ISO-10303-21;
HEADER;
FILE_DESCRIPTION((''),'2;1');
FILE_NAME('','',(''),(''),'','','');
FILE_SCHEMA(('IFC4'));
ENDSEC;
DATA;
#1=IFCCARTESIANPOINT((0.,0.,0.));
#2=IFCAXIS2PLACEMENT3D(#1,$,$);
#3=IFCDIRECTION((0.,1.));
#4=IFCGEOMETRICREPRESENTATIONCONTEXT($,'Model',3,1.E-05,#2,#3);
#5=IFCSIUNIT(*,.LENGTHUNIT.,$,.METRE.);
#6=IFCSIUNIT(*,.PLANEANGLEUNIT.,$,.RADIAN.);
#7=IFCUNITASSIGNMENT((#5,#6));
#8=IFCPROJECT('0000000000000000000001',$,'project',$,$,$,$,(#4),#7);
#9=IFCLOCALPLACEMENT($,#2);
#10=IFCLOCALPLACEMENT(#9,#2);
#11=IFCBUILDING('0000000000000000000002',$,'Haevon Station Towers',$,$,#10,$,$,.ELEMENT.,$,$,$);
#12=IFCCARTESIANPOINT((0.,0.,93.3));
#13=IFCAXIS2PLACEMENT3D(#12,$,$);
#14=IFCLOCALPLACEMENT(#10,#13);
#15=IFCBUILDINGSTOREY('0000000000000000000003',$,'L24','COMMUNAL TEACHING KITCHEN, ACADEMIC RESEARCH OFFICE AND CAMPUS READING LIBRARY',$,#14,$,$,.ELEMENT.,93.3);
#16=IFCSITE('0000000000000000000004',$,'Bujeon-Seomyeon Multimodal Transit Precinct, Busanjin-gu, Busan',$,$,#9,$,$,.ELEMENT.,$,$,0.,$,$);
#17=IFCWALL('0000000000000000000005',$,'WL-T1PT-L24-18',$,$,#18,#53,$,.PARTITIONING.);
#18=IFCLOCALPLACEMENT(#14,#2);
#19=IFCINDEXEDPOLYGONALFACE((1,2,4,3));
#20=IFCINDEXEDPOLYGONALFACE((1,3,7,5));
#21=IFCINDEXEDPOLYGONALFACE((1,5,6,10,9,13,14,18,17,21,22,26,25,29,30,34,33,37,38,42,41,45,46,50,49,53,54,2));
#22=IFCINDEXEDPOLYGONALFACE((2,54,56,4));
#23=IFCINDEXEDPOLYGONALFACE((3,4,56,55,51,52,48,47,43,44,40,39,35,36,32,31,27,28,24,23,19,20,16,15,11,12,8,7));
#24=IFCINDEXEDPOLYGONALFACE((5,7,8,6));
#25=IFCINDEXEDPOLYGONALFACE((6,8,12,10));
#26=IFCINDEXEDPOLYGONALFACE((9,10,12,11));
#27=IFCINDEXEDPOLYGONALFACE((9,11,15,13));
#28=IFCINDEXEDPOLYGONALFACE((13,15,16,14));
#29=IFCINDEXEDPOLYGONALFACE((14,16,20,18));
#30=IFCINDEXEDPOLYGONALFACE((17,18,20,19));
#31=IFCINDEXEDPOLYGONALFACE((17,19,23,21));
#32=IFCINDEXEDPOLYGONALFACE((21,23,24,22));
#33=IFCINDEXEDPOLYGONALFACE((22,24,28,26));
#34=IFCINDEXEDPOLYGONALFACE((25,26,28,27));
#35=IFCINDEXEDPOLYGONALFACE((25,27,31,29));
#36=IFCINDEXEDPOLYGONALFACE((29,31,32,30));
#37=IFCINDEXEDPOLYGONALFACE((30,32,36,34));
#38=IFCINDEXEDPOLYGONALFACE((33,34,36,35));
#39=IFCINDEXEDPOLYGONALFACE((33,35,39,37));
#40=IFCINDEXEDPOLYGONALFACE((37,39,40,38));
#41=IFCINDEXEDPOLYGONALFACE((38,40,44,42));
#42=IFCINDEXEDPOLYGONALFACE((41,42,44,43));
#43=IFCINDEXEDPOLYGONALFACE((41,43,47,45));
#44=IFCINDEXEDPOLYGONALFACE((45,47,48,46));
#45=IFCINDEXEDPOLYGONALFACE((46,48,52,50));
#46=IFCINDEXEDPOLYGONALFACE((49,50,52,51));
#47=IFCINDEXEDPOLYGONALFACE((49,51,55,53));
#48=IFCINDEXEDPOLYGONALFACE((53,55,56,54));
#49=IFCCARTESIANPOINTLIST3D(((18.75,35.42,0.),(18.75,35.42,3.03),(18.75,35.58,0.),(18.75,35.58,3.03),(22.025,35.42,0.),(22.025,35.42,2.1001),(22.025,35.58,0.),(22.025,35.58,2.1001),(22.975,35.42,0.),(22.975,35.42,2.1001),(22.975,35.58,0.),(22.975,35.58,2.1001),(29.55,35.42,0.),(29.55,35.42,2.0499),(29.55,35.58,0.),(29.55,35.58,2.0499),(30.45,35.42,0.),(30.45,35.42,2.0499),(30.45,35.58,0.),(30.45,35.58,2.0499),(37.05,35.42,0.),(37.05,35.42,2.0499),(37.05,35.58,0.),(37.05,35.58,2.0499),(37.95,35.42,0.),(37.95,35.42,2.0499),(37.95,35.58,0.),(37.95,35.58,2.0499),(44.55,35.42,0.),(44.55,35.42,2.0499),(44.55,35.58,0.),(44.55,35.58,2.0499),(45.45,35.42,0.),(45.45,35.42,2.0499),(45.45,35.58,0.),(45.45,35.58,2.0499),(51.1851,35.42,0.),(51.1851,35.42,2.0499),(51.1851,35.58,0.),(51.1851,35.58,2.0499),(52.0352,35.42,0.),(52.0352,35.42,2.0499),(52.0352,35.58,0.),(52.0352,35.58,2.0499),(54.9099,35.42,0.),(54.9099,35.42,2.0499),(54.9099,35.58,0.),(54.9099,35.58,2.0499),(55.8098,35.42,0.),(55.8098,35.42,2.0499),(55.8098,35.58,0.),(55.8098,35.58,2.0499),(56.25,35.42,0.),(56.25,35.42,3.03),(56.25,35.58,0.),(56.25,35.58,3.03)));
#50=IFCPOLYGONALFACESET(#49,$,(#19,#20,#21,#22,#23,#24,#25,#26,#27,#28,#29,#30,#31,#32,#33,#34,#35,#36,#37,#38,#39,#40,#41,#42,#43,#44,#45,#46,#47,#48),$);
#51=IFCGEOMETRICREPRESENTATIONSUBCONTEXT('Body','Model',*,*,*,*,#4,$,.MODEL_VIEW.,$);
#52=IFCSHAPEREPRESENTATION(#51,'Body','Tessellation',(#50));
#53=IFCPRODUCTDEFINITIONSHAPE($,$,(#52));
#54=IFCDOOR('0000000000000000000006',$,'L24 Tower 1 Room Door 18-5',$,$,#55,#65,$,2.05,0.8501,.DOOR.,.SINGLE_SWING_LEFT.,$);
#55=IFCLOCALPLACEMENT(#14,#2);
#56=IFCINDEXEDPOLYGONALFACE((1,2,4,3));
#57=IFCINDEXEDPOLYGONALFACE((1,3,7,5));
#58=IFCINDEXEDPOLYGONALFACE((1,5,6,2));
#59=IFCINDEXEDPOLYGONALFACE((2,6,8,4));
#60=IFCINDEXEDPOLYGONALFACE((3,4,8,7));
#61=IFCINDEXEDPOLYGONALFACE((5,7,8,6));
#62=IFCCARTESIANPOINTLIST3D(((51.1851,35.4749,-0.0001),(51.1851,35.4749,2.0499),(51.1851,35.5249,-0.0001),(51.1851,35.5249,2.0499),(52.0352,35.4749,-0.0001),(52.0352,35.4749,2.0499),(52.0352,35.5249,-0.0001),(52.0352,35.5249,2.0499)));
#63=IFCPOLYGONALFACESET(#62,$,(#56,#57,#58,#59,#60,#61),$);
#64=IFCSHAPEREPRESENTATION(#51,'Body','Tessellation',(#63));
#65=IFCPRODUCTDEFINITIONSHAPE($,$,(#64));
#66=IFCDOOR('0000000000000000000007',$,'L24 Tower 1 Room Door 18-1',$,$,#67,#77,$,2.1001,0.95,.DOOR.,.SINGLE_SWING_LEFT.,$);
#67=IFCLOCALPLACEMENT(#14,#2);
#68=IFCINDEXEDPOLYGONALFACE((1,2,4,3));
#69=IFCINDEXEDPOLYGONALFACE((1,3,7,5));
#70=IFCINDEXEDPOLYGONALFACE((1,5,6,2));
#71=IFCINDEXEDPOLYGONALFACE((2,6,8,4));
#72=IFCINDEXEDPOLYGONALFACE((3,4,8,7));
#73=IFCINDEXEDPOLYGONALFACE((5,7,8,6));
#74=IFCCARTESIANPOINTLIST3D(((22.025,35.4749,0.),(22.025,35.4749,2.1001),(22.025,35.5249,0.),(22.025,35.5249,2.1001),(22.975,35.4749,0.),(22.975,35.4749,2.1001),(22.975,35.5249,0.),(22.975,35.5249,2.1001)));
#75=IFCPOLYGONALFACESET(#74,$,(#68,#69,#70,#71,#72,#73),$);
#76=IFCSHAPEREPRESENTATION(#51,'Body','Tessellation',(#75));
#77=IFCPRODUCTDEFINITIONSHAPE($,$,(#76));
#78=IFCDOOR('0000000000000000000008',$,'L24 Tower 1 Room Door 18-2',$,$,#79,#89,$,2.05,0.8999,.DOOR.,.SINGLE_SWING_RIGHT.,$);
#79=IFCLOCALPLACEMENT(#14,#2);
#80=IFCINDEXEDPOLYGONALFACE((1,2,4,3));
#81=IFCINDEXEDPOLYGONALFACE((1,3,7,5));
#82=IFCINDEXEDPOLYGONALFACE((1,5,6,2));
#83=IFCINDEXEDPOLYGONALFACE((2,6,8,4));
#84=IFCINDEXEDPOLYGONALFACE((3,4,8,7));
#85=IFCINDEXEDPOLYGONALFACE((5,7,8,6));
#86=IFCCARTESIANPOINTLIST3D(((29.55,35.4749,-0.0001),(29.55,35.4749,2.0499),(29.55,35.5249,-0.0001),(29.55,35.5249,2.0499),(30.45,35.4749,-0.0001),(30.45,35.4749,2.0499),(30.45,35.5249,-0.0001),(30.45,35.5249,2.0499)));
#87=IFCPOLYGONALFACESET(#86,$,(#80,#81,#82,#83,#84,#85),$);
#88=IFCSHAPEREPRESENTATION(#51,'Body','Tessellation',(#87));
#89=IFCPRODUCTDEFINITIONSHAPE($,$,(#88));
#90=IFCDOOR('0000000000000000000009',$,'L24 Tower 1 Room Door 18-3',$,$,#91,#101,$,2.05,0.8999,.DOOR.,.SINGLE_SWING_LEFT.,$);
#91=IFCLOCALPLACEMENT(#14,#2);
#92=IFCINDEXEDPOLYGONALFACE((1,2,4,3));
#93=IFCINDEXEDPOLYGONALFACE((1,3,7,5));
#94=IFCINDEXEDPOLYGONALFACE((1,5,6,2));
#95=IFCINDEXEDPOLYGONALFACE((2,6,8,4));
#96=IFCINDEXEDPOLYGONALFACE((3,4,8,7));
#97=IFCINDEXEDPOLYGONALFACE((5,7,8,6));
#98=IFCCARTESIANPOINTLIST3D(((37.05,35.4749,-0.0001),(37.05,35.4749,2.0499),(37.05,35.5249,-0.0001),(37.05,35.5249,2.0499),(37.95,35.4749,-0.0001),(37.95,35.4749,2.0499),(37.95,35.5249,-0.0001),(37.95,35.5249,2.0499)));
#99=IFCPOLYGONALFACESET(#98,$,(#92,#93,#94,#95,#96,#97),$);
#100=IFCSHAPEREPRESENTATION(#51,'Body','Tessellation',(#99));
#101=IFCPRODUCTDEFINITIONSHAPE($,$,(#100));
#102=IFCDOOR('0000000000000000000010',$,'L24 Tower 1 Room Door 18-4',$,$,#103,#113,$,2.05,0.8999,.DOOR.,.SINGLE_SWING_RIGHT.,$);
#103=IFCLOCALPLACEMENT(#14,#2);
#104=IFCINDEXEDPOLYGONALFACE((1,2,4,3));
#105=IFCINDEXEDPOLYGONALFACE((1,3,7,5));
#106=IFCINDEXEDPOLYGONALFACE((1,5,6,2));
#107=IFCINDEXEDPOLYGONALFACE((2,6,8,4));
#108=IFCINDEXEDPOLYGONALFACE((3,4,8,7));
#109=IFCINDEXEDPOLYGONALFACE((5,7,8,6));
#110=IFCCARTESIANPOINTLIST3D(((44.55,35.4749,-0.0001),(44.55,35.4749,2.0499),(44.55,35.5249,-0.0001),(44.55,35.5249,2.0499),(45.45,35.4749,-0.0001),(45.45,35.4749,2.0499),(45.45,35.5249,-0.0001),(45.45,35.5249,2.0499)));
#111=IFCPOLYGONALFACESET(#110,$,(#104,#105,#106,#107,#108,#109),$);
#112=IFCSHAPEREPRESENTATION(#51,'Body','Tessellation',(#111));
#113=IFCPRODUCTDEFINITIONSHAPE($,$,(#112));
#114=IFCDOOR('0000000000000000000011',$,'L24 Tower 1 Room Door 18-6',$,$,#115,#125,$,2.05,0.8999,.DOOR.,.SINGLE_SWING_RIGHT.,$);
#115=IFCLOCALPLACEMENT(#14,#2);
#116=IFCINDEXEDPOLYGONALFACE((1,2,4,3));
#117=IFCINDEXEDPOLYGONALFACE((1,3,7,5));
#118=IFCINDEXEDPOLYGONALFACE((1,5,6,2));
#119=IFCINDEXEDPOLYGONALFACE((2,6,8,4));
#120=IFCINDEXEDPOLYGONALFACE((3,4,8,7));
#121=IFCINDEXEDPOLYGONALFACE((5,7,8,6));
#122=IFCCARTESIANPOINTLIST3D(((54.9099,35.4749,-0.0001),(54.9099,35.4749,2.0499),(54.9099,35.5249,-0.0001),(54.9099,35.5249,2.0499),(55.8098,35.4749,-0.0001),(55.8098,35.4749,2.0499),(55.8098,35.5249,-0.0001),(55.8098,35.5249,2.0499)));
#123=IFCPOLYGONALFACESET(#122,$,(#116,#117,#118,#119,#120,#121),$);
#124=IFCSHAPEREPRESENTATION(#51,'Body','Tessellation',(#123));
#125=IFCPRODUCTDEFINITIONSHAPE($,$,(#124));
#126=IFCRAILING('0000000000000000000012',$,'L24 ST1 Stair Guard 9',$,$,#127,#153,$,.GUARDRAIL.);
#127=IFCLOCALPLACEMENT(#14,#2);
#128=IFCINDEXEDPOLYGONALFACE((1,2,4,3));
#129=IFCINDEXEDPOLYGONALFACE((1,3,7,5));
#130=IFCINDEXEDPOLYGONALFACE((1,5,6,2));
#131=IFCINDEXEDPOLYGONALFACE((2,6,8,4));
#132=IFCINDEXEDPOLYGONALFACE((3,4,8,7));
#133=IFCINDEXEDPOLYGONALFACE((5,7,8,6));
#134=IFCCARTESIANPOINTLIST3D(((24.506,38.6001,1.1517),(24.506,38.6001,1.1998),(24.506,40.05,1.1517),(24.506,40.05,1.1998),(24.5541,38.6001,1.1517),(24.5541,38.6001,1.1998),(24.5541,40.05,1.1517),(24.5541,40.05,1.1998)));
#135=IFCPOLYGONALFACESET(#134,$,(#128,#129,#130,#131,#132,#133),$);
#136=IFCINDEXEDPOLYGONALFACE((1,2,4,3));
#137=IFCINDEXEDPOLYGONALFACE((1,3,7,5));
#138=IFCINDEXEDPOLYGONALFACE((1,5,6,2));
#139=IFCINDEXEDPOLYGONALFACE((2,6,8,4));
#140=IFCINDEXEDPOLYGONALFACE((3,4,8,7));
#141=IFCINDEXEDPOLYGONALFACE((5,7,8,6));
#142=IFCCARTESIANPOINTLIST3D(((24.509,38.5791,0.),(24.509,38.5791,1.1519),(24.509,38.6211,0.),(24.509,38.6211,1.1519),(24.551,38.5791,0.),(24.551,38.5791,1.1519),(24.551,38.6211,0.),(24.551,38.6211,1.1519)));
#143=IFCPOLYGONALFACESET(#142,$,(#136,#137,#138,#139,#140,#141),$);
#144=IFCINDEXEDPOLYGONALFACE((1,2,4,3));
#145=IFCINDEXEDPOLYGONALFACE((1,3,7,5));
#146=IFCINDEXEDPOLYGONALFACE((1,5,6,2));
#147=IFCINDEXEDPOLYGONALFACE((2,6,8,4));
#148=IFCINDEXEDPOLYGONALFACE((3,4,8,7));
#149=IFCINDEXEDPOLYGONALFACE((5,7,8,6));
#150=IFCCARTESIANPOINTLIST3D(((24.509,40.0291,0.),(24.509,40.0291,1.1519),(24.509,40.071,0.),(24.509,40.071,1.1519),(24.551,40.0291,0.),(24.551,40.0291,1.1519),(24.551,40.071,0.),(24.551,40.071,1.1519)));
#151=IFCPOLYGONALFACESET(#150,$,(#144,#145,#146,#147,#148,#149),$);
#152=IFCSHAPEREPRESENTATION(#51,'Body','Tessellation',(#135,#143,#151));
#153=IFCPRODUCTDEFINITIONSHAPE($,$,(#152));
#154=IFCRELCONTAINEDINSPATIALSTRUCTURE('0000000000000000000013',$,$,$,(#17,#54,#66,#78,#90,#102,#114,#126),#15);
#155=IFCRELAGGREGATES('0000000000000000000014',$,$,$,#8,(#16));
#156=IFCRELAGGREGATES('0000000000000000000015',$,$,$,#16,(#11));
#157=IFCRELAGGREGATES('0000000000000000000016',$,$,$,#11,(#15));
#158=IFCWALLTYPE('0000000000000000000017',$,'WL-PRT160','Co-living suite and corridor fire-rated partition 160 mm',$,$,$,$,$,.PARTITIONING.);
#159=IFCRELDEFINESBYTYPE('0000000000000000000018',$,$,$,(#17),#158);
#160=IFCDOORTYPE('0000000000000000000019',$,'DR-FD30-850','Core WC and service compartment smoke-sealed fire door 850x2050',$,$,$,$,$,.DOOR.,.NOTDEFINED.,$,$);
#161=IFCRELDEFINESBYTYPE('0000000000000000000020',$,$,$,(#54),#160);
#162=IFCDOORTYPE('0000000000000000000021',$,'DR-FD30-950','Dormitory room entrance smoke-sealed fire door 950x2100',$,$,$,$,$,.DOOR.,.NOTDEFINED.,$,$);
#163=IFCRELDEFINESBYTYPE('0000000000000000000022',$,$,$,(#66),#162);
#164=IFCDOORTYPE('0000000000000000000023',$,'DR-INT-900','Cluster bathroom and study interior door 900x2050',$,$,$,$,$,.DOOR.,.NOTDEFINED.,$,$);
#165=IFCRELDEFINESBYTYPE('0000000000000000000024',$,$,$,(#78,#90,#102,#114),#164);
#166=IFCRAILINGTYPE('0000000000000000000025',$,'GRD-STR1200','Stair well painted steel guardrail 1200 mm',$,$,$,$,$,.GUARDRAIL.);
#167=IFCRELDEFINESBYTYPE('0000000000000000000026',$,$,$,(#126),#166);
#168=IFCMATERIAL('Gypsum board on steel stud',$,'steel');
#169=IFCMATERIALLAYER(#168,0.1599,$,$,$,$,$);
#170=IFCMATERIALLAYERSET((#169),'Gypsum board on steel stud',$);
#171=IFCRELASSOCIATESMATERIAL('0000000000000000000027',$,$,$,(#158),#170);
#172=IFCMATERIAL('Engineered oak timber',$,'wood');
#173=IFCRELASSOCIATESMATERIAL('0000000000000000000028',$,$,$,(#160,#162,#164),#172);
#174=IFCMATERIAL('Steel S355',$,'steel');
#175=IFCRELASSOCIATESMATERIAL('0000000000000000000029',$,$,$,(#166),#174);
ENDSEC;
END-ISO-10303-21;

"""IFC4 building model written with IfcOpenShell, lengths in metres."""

from ifc_helpers import new_model, si_unit, direction, frame, frame_2d, origin, origin_2d, place, context, subcontext, project, spatial, rectangle, extrude, material, layer, layer_set, type_object, element, fill, save


model = new_model("IFC4")

# Units and contexts
model_context = context("Model", 3, precision=1e-05, world=origin(), true_north=direction((0.0, 1.0)))
body_context = subcontext(model_context, "Body", "Model", "MODEL_VIEW")
ifc_project = project(units=[si_unit("LENGTHUNIT", "METRE"), si_unit("PLANEANGLEUNIT", "RADIAN")], contexts=[model_context])

# Site, building, storey
site_placement = place(None, origin())
site = spatial("IfcSite", under=ifc_project, at=site_placement, Name="Bujeon-Seomyeon Multimodal Transit Precinct, Busanjin-gu, Busan", CompositionType="ELEMENT", RefElevation=0.0)
building_placement = place(site_placement, origin())
building = spatial("IfcBuilding", under=site, at=building_placement, Name="Haevon Station Towers", CompositionType="ELEMENT")
storey_placement = place(building_placement, frame((0.0, 0.0, 93.3)))
storey = spatial("IfcBuildingStorey", under=building, at=storey_placement, Name="L24", Description="COMMUNAL TEACHING KITCHEN, ACADEMIC RESEARCH OFFICE AND CAMPUS READING LIBRARY", CompositionType="ELEMENT", Elevation=93.3)

# Shared definitions
ifc_material_1 = material(Name="Steel S355", Category="steel")

# Shared definitions
ifc_material_2 = material(Name="Gypsum board on steel stud", Category="steel")
ifc_material_3 = material(Name="Engineered oak timber", Category="wood")

# Shared definitions
ifc_layer_1 = layer(ifc_material_2, 0.1599)
ifc_layer_set_1 = layer_set([ifc_layer_1], Name="Gypsum board on steel stud")
wall_type_1 = type_object("IfcWallType", Name="WL-PRT160", Description="Co-living suite and corridor fire-rated partition 160 mm", PredefinedType="PARTITIONING", material=ifc_layer_set_1)

# Wall, openings, doors
wall_1_placement = place(storey_placement, frame((18.75, 35.5, 0.0), z_axis=(0.0, 0.0, 1.0), x_axis=(1.0, 0.0, 0.0)))
wall_1 = element("IfcWall", 1, at=wall_1_placement, inside=storey, type_object=wall_type_1, Name="WL-T1PT-L24-18", PredefinedType="PARTITIONING", context=body_context, shape_type="SweptSolid", body=[
    extrude(rectangle(XDim=37.5, YDim=0.1599, at=frame_2d((18.75, 0.0))), origin(), (0.0, 0.0, 1.0), 3.03),
])
opening_1_placement = place(wall_1_placement, frame((3.2749, 0.0, 0.0)))
opening_1 = element("IfcOpeningElement", 2, at=opening_1_placement, cuts=wall_1, PredefinedType="OPENING", context=body_context, shape_type="SweptSolid", body=[
    extrude(rectangle(XDim=0.95, YDim=2.1001, at=frame_2d((0.4751, 1.05))), frame((0.0, 0.0898, 0.0), z_axis=(0.0, -1.0, 0.0), x_axis=(1.0, 0.0, 0.0)), (0.0, 0.0, 1.0), 0.1799),
])
opening_2_placement = place(wall_1_placement, frame((10.8, 0.0, 0.0)))
opening_2 = element("IfcOpeningElement", 3, at=opening_2_placement, cuts=wall_1, PredefinedType="OPENING", context=body_context, shape_type="SweptSolid", body=[
    extrude(rectangle(XDim=0.8999, YDim=2.05, at=frame_2d((0.45, 1.0249))), frame((0.0, 0.0898, 0.0), z_axis=(0.0, -1.0, 0.0), x_axis=(1.0, 0.0, 0.0)), (0.0, 0.0, 1.0), 0.1799),
])
opening_3_placement = place(wall_1_placement, frame((18.3, 0.0, 0.0)))
opening_3 = element("IfcOpeningElement", 4, at=opening_3_placement, cuts=wall_1, PredefinedType="OPENING", context=body_context, shape_type="SweptSolid", body=[
    extrude(rectangle(XDim=0.8999, YDim=2.05, at=frame_2d((0.45, 1.0249))), frame((0.0, 0.0898, 0.0), z_axis=(0.0, -1.0, 0.0), x_axis=(1.0, 0.0, 0.0)), (0.0, 0.0, 1.0), 0.1799),
])
opening_4_placement = place(wall_1_placement, frame((25.8, 0.0, 0.0)))
opening_4 = element("IfcOpeningElement", 5, at=opening_4_placement, cuts=wall_1, PredefinedType="OPENING", context=body_context, shape_type="SweptSolid", body=[
    extrude(rectangle(XDim=0.8999, YDim=2.05, at=frame_2d((0.45, 1.0249))), frame((0.0, 0.0898, 0.0), z_axis=(0.0, -1.0, 0.0), x_axis=(1.0, 0.0, 0.0)), (0.0, 0.0, 1.0), 0.1799),
])
opening_5_placement = place(wall_1_placement, frame((32.4351, 0.0, 0.0)))
opening_5 = element("IfcOpeningElement", 6, at=opening_5_placement, cuts=wall_1, PredefinedType="OPENING", context=body_context, shape_type="SweptSolid", body=[
    extrude(rectangle(XDim=0.8501, YDim=2.05, at=frame_2d((0.425, 1.0249))), frame((0.0, 0.0898, 0.0), z_axis=(0.0, -1.0, 0.0), x_axis=(1.0, 0.0, 0.0)), (0.0, 0.0, 1.0), 0.1799),
])
opening_6_placement = place(wall_1_placement, frame((36.1599, 0.0, 0.0)))
opening_6 = element("IfcOpeningElement", 7, at=opening_6_placement, cuts=wall_1, PredefinedType="OPENING", context=body_context, shape_type="SweptSolid", body=[
    extrude(rectangle(XDim=0.8999, YDim=2.05, at=frame_2d((0.45, 1.0249))), frame((0.0, 0.0898, 0.0), z_axis=(0.0, -1.0, 0.0), x_axis=(1.0, 0.0, 0.0)), (0.0, 0.0, 1.0), 0.1799),
])
door_type_1 = type_object("IfcDoorType", Name="DR-FD30-850", Description="Core WC and service compartment smoke-sealed fire door 850x2050", OperationType="NOTDEFINED", PredefinedType="DOOR", material=ifc_material_3)
door_1_placement = place(opening_5_placement, origin())
door_1 = element("IfcDoor", 8, at=door_1_placement, inside=storey, type_object=door_type_1, Name="L24 Tower 1 Room Door 18-5", OperationType="SINGLE_SWING_LEFT", OverallHeight=2.05, OverallWidth=0.8501, PredefinedType="DOOR", context=body_context, shape_type="SweptSolid", body=[
    extrude(rectangle(XDim=0.8501, YDim=2.05, at=frame_2d((0.425, 1.0249))), frame((0.0, 0.0249, 0.0), z_axis=(0.0, -1.0, 0.0), x_axis=(1.0, 0.0, 0.0)), (0.0, 0.0, 1.0), 0.05),
])
fill(opening_5, door_1)
door_type_2 = type_object("IfcDoorType", Name="DR-FD30-950", Description="Dormitory room entrance smoke-sealed fire door 950x2100", OperationType="NOTDEFINED", PredefinedType="DOOR", material=ifc_material_3)
door_2_placement = place(opening_1_placement, origin())
door_2 = element("IfcDoor", 9, at=door_2_placement, inside=storey, type_object=door_type_2, Name="L24 Tower 1 Room Door 18-1", OperationType="SINGLE_SWING_LEFT", OverallHeight=2.1001, OverallWidth=0.95, PredefinedType="DOOR", context=body_context, shape_type="SweptSolid", body=[
    extrude(rectangle(XDim=0.95, YDim=2.1001, at=frame_2d((0.4751, 1.05))), frame((0.0, 0.0249, 0.0), z_axis=(0.0, -1.0, 0.0), x_axis=(1.0, 0.0, 0.0)), (0.0, 0.0, 1.0), 0.05),
])
fill(opening_1, door_2)
door_type_3 = type_object("IfcDoorType", Name="DR-INT-900", Description="Cluster bathroom and study interior door 900x2050", OperationType="NOTDEFINED", PredefinedType="DOOR", material=ifc_material_3)
door_3_placement = place(opening_2_placement, origin())
door_3 = element("IfcDoor", 10, at=door_3_placement, inside=storey, type_object=door_type_3, Name="L24 Tower 1 Room Door 18-2", OperationType="SINGLE_SWING_RIGHT", OverallHeight=2.05, OverallWidth=0.8999, PredefinedType="DOOR", context=body_context, shape_type="SweptSolid", body=[
    extrude(rectangle(XDim=0.8999, YDim=2.05, at=frame_2d((0.45, 1.0249))), frame((0.0, 0.0249, 0.0), z_axis=(0.0, -1.0, 0.0), x_axis=(1.0, 0.0, 0.0)), (0.0, 0.0, 1.0), 0.05),
])
fill(opening_2, door_3)
door_4_placement = place(opening_3_placement, origin())
door_4 = element("IfcDoor", 11, at=door_4_placement, inside=storey, type_object=door_type_3, Name="L24 Tower 1 Room Door 18-3", OperationType="SINGLE_SWING_LEFT", OverallHeight=2.05, OverallWidth=0.8999, PredefinedType="DOOR", context=body_context, shape_type="SweptSolid", body=[
    extrude(rectangle(XDim=0.8999, YDim=2.05, at=frame_2d((0.45, 1.0249))), frame((0.0, 0.0249, 0.0), z_axis=(0.0, -1.0, 0.0), x_axis=(1.0, 0.0, 0.0)), (0.0, 0.0, 1.0), 0.05),
])
fill(opening_3, door_4)
door_5_placement = place(opening_4_placement, origin())
door_5 = element("IfcDoor", 12, at=door_5_placement, inside=storey, type_object=door_type_3, Name="L24 Tower 1 Room Door 18-4", OperationType="SINGLE_SWING_RIGHT", OverallHeight=2.05, OverallWidth=0.8999, PredefinedType="DOOR", context=body_context, shape_type="SweptSolid", body=[
    extrude(rectangle(XDim=0.8999, YDim=2.05, at=frame_2d((0.45, 1.0249))), frame((0.0, 0.0249, 0.0), z_axis=(0.0, -1.0, 0.0), x_axis=(1.0, 0.0, 0.0)), (0.0, 0.0, 1.0), 0.05),
])
fill(opening_4, door_5)
door_6_placement = place(opening_6_placement, origin())
door_6 = element("IfcDoor", 13, at=door_6_placement, inside=storey, type_object=door_type_3, Name="L24 Tower 1 Room Door 18-6", OperationType="SINGLE_SWING_RIGHT", OverallHeight=2.05, OverallWidth=0.8999, PredefinedType="DOOR", context=body_context, shape_type="SweptSolid", body=[
    extrude(rectangle(XDim=0.8999, YDim=2.05, at=frame_2d((0.45, 1.0249))), frame((0.0, 0.0249, 0.0), z_axis=(0.0, -1.0, 0.0), x_axis=(1.0, 0.0, 0.0)), (0.0, 0.0, 1.0), 0.05),
])
fill(opening_6, door_6)

# Railing
railing_type = type_object("IfcRailingType", Name="GRD-STR1200", Description="Stair well painted steel guardrail 1200 mm", PredefinedType="GUARDRAIL", material=ifc_material_1)
railing_placement = place(storey_placement, frame((24.53, 38.6001, 0.0)))
element("IfcRailing", 14, at=railing_placement, inside=storey, type_object=railing_type, Name="L24 ST1 Stair Guard 9", PredefinedType="GUARDRAIL", context=body_context, shape_type="SweptSolid", body=[
    extrude(rectangle(XDim=0.0481, YDim=0.0481, at=origin_2d()), frame((0.0, 0.0, 1.1758), z_axis=(0.0, 1.0, 0.0), x_axis=(-1.0, 0.0, 0.0)), (0.0, 0.0, 1.0), 1.45),
    extrude(rectangle(XDim=0.042, YDim=0.042, at=origin_2d()), origin(), (0.0, 0.0, 1.0), 1.1519),
    extrude(rectangle(XDim=0.042, YDim=0.042, at=origin_2d()), frame((0.0, 1.45, 0.0)), (0.0, 0.0, 1.0), 1.1519),
])

save(model, "model.ifc")
